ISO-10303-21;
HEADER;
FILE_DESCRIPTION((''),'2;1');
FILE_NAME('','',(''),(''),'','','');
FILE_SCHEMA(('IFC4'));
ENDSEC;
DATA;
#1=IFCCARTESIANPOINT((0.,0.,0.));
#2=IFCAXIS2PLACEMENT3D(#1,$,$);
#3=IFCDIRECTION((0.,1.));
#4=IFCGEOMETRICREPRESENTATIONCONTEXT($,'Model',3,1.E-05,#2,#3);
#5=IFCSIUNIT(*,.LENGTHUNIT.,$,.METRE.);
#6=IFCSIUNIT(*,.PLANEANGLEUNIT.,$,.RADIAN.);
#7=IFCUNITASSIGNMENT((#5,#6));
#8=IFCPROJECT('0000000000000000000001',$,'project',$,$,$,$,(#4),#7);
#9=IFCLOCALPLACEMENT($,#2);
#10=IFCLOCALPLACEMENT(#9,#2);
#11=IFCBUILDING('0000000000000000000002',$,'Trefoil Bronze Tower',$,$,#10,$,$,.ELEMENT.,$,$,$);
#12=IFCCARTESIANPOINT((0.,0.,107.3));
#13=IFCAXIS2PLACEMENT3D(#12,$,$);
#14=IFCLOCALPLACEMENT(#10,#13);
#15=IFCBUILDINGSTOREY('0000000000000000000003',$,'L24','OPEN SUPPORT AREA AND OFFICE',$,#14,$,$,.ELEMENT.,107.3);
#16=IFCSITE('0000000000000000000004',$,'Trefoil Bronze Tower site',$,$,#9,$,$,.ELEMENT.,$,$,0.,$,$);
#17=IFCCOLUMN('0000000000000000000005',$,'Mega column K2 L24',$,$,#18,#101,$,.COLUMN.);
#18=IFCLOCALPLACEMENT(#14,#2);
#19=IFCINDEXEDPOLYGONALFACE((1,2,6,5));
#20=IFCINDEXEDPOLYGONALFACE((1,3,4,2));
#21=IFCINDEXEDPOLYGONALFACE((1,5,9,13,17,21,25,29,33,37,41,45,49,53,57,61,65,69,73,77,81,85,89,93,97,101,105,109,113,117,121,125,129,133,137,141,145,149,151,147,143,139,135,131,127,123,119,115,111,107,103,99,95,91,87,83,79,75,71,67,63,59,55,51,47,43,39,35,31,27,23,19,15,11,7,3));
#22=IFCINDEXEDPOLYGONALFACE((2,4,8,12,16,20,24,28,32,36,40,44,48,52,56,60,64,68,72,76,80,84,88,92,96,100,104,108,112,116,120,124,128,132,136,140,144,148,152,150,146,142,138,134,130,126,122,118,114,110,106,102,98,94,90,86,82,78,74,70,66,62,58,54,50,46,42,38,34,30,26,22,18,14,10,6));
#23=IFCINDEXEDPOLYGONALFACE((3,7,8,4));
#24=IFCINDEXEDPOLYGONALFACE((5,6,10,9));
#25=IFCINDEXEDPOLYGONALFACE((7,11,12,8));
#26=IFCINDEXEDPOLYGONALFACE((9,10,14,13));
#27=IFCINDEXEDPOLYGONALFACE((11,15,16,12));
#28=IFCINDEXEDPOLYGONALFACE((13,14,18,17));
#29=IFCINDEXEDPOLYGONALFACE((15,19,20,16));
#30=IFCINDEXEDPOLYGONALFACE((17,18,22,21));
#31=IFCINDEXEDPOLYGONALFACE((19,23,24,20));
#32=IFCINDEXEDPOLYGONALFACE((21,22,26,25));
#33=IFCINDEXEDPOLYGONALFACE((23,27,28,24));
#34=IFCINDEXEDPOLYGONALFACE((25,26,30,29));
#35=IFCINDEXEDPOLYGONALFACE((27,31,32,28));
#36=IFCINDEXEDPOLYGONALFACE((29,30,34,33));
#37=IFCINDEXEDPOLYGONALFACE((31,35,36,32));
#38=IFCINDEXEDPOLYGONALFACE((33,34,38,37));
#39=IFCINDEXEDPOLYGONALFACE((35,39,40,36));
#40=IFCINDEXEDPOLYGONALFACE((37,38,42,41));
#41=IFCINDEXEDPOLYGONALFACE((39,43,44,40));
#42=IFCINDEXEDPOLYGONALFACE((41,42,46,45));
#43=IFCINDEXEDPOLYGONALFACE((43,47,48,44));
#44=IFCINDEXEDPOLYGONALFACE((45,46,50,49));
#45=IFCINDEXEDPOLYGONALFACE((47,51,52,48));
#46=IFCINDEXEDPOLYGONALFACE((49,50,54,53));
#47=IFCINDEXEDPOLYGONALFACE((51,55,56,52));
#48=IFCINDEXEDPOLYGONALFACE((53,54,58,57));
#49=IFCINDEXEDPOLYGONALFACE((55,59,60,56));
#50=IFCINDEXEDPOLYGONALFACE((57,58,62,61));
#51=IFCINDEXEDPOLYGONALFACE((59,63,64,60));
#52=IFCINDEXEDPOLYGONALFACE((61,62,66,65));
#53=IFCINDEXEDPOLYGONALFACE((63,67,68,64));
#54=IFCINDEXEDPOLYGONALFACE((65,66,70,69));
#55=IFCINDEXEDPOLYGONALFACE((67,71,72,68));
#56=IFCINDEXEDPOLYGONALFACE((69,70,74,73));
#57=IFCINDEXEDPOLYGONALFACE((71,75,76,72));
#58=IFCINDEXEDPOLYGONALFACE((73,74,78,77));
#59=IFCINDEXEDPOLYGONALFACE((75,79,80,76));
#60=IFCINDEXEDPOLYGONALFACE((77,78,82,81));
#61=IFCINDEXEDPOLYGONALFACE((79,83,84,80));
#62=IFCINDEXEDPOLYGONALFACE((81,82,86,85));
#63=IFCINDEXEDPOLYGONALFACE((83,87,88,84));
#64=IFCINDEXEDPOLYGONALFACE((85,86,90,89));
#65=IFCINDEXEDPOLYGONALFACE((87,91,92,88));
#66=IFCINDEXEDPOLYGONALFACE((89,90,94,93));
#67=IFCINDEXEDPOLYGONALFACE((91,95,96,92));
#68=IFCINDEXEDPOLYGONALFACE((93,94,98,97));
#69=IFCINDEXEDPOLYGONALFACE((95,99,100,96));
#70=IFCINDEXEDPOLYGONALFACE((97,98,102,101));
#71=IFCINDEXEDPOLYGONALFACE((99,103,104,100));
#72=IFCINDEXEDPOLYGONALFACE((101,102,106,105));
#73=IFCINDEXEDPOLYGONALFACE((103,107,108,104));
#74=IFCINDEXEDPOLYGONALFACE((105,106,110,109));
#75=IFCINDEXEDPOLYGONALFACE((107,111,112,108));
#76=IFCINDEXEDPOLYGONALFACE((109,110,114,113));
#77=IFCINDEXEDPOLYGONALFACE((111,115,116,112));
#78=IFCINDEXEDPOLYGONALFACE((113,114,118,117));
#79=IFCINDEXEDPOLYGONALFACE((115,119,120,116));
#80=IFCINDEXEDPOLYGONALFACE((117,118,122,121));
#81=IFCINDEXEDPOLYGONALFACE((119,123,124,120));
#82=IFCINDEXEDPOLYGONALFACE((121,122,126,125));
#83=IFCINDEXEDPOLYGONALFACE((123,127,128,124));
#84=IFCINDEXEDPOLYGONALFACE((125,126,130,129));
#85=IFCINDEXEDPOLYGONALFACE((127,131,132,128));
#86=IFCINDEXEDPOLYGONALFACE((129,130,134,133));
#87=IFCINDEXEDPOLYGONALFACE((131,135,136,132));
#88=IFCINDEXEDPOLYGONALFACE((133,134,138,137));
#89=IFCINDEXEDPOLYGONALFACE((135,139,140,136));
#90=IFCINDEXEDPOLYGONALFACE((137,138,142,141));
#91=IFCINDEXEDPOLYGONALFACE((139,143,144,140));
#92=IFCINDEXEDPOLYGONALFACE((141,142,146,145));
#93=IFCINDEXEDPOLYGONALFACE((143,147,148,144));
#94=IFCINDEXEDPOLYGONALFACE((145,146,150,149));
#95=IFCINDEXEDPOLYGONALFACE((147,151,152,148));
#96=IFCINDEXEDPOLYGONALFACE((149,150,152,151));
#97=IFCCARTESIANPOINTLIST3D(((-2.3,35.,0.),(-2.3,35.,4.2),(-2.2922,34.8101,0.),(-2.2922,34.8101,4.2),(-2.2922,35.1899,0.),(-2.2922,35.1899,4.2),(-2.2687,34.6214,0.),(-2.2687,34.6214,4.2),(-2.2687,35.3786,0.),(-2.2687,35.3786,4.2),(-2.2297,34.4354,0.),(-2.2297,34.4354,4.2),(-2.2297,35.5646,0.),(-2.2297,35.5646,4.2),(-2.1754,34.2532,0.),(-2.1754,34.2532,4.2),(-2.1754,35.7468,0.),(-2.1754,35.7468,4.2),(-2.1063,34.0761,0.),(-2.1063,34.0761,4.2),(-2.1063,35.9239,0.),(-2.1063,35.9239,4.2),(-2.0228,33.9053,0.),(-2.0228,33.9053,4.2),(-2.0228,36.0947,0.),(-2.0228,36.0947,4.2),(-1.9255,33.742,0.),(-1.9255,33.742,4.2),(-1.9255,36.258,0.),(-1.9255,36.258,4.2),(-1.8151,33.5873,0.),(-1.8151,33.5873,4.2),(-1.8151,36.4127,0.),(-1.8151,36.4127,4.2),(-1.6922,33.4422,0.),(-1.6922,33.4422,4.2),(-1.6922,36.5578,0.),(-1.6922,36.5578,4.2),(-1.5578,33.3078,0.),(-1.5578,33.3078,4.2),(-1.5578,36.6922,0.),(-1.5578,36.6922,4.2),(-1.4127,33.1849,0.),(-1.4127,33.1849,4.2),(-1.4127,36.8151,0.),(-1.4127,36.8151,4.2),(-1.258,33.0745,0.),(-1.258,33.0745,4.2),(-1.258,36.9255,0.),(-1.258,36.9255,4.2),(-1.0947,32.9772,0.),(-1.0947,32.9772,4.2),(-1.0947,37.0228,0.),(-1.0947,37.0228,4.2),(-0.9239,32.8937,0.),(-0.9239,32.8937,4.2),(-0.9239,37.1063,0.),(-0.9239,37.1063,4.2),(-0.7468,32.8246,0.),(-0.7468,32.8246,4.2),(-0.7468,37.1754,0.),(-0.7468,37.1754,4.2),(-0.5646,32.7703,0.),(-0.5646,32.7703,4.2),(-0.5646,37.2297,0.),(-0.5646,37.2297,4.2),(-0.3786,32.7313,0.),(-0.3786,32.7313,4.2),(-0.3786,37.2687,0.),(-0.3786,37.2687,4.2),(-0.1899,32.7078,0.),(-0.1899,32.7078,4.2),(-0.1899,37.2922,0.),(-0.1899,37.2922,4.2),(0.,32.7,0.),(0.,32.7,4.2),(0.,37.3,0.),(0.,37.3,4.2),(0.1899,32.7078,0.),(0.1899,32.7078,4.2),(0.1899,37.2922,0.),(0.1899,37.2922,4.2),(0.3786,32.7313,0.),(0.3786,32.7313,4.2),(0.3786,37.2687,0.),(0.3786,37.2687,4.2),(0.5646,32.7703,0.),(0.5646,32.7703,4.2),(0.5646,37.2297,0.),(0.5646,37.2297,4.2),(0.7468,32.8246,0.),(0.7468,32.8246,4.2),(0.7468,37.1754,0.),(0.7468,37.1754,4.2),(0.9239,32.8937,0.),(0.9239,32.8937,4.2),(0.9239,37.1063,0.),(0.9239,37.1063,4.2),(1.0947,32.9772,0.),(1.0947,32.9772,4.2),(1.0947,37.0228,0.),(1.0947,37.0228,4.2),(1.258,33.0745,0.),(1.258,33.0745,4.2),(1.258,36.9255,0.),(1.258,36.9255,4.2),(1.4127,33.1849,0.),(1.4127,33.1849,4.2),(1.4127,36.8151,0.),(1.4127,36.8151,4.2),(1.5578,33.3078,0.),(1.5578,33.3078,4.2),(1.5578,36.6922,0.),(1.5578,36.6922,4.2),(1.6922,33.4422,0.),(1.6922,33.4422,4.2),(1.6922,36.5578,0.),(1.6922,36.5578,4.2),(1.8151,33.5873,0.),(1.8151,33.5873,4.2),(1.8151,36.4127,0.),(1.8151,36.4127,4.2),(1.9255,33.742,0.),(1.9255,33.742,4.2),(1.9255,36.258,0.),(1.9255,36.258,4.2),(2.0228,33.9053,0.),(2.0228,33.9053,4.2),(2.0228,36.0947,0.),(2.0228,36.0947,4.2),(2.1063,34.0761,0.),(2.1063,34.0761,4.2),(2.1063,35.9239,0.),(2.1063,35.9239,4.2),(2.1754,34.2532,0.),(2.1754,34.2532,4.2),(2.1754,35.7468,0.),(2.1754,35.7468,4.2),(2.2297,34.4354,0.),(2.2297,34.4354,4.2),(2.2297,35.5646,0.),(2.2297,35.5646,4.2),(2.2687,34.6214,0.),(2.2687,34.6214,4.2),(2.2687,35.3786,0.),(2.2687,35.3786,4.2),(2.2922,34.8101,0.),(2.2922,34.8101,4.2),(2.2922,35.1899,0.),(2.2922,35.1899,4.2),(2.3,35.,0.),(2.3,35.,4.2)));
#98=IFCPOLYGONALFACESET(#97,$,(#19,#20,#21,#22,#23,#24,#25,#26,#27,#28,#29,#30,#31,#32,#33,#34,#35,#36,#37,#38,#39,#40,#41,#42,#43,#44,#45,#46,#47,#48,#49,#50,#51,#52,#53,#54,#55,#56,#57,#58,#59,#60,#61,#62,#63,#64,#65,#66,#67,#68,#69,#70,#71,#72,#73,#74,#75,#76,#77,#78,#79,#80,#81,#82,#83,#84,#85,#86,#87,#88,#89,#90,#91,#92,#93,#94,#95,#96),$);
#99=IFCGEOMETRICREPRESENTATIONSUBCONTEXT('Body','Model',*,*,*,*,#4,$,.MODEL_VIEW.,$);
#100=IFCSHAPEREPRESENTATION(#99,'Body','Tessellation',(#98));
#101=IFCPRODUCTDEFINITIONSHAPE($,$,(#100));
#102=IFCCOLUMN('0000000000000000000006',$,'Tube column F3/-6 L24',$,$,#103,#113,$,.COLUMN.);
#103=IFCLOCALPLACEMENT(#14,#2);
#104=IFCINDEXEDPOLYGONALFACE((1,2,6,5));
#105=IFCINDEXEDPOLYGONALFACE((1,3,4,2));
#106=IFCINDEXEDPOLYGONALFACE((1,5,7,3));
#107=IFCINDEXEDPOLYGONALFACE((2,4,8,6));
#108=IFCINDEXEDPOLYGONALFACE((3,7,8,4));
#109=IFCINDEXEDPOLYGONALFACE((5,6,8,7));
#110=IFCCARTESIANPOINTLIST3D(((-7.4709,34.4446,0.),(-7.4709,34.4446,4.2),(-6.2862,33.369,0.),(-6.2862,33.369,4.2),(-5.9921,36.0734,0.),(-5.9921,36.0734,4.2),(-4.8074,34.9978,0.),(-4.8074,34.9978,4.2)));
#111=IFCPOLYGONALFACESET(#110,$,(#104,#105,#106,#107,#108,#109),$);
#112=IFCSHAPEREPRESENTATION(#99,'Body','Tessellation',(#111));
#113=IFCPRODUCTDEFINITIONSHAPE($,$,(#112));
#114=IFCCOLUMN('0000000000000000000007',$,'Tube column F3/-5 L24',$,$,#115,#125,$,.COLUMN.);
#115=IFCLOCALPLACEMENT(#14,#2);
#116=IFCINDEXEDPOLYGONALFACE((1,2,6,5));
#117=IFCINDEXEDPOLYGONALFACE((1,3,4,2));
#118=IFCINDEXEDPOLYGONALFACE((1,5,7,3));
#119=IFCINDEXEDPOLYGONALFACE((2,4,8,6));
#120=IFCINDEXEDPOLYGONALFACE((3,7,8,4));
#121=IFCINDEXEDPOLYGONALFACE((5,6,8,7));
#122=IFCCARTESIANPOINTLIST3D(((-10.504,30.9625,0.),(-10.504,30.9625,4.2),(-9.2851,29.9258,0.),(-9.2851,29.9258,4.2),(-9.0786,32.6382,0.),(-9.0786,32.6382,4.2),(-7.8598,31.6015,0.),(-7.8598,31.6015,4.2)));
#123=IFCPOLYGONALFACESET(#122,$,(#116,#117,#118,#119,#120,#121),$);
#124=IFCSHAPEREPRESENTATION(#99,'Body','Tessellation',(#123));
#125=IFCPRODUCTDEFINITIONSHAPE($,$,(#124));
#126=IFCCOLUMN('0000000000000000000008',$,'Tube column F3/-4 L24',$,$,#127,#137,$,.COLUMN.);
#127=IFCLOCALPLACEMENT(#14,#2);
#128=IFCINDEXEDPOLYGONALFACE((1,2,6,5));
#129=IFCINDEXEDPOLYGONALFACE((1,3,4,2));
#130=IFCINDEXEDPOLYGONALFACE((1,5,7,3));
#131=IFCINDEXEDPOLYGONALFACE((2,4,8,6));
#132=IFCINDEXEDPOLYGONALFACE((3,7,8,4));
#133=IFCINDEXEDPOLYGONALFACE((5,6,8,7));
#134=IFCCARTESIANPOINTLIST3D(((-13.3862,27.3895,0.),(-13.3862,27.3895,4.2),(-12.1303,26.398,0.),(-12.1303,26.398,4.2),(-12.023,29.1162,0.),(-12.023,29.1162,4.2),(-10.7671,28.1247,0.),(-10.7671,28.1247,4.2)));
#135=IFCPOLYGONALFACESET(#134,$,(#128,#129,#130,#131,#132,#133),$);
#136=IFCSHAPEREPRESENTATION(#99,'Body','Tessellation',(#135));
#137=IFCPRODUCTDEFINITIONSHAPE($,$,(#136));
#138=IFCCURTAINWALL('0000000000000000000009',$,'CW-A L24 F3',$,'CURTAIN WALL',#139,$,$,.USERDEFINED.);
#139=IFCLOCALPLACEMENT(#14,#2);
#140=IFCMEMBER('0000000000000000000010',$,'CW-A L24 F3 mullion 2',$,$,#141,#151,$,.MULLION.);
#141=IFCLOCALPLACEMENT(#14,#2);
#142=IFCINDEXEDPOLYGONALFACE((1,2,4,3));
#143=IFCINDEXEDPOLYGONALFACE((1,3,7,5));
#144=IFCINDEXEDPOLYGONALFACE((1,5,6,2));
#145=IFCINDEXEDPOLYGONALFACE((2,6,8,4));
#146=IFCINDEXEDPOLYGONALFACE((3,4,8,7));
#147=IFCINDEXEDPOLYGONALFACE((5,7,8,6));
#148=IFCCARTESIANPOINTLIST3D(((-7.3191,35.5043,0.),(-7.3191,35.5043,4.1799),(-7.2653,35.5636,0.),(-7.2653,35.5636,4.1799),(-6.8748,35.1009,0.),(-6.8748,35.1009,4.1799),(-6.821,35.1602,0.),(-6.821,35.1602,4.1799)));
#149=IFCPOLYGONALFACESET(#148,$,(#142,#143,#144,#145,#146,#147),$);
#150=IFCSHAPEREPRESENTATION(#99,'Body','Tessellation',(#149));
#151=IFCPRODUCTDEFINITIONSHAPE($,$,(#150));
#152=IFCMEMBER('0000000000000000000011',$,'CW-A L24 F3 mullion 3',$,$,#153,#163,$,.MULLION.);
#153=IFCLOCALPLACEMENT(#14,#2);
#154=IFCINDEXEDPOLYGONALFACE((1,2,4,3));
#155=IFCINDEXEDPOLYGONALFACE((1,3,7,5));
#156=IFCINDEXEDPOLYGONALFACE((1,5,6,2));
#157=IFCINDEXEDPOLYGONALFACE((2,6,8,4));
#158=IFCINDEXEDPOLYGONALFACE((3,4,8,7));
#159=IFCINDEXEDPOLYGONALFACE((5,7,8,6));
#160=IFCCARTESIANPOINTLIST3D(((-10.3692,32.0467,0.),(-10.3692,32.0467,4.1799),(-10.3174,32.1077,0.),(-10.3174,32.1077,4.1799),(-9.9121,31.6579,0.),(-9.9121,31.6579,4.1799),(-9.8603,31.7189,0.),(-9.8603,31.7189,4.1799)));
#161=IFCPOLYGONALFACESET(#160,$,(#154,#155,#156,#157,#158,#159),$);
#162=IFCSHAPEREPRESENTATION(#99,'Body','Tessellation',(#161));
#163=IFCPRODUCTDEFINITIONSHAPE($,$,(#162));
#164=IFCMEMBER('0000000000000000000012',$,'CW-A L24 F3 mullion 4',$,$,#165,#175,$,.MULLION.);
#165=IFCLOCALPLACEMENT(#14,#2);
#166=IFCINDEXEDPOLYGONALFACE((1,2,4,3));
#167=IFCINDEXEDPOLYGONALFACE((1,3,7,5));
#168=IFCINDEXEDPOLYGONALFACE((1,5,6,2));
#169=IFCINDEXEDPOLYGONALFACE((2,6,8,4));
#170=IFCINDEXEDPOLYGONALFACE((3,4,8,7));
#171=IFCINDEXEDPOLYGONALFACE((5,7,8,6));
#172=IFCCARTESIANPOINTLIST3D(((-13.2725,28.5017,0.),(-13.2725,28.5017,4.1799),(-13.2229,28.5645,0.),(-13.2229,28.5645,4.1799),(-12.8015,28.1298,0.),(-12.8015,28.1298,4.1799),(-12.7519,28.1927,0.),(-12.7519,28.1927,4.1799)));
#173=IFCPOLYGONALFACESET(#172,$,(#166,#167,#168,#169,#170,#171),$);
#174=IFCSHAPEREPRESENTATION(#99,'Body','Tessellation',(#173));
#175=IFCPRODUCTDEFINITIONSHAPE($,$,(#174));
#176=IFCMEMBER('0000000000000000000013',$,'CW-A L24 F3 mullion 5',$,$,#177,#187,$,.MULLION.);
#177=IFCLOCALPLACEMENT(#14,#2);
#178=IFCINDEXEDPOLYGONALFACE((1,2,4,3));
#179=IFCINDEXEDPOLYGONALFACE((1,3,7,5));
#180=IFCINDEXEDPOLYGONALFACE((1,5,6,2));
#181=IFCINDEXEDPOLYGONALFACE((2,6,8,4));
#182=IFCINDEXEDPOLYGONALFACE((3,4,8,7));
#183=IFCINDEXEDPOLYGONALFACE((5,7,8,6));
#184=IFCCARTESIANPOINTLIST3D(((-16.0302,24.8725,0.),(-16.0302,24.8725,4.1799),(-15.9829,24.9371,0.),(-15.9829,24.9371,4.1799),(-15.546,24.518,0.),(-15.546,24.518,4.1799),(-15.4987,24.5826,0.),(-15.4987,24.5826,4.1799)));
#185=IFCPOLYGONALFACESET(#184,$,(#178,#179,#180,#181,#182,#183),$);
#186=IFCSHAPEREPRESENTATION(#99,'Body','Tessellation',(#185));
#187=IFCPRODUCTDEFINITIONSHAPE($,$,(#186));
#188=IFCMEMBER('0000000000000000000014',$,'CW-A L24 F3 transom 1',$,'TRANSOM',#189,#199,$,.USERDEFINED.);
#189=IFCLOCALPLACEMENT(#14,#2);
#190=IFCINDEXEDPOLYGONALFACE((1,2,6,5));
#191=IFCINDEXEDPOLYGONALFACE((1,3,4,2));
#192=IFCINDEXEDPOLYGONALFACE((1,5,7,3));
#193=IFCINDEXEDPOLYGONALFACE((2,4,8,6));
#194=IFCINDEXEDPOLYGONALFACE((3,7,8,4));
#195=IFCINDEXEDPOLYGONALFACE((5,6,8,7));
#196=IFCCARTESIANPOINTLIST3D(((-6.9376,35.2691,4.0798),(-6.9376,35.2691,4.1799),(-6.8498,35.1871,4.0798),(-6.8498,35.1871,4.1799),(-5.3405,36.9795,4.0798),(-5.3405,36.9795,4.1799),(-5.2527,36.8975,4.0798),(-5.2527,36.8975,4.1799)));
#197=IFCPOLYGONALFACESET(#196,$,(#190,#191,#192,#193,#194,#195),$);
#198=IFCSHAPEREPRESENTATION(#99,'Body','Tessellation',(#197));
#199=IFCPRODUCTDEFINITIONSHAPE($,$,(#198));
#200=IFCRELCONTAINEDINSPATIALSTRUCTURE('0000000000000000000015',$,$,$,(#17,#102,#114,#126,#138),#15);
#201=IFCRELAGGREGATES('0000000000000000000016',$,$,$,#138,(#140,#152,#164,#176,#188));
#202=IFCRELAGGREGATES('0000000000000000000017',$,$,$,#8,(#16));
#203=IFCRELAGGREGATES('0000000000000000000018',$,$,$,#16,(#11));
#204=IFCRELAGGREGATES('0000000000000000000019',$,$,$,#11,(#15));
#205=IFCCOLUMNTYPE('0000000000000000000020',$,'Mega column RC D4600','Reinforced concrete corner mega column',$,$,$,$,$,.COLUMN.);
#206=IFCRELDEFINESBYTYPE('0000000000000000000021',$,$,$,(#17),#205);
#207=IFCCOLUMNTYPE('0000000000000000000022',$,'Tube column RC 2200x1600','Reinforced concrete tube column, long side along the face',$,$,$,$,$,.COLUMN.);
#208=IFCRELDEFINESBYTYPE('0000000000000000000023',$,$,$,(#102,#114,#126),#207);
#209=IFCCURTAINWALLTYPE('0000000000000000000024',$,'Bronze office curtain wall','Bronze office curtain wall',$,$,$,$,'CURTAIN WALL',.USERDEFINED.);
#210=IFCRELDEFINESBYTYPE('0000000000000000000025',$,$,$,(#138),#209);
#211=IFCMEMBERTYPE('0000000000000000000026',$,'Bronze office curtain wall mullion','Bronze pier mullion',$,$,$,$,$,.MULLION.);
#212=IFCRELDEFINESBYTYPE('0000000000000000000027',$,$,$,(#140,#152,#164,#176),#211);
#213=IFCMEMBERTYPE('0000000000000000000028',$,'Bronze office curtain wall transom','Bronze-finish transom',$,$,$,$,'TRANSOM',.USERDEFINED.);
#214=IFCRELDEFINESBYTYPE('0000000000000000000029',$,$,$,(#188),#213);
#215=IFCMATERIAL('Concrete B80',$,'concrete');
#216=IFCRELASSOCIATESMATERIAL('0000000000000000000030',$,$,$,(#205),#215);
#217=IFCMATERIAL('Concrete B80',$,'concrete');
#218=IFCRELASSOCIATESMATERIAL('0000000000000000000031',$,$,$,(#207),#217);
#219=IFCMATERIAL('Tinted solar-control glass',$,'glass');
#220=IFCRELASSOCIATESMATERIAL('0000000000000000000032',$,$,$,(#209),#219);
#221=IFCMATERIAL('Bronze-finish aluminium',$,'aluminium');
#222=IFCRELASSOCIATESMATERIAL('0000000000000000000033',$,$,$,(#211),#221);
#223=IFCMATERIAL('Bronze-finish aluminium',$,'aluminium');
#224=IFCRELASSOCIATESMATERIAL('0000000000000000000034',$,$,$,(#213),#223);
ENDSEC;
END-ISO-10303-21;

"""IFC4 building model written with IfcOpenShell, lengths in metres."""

from ifc_helpers import new_model, si_unit, direction, frame, origin, origin_2d, place, context, subcontext, project, spatial, rectangle, circle, extrude, material, material_profile, profile_set, type_object, element, aggregate, save


model = new_model("IFC4")

# Units and contexts
model_context = context("Model", 3, precision=1e-05, world=origin(), true_north=direction((0.0, 1.0)))
body_context = subcontext(model_context, "Body", "Model", "MODEL_VIEW")
ifc_project = project(units=[si_unit("LENGTHUNIT", "METRE"), si_unit("PLANEANGLEUNIT", "RADIAN")], contexts=[model_context])

# Site, building, storey
site_placement = place(None, origin())
site = spatial("IfcSite", under=ifc_project, at=site_placement, Name="Trefoil Bronze Tower site", CompositionType="ELEMENT", RefElevation=0.0)
building_placement = place(site_placement, origin())
building = spatial("IfcBuilding", under=site, at=building_placement, Name="Trefoil Bronze Tower", CompositionType="ELEMENT")
storey_placement = place(building_placement, frame((0.0, 0.0, 107.3)))
storey = spatial("IfcBuildingStorey", under=building, at=storey_placement, Name="L24", Description="OPEN SUPPORT AREA AND OFFICE", CompositionType="ELEMENT", Elevation=107.3)

# Columns
ifc_material_1 = material(Name="Concrete B80", Category="concrete")
ifc_material_profile_1 = material_profile(ifc_material_1, circle(Radius=2.3, at=origin_2d()), Name="RC D4600")
ifc_profile_set_1 = profile_set([ifc_material_profile_1], Name="Concrete B80")
column_type_1 = type_object("IfcColumnType", Name="Mega column RC D4600", Description="Reinforced concrete corner mega column", PredefinedType="COLUMN", material=ifc_profile_set_1)
column_placement = place(storey_placement, frame((0.0, 35.0, 0.0), z_axis=(0.0, 0.0, 1.0), x_axis=(1.0, 0.0, 0.0)))
element("IfcColumn", 1, at=column_placement, inside=storey, type_object=column_type_1, Name="Mega column K2 L24", PredefinedType="COLUMN", context=body_context, shape_type="SweptSolid", body=[
    extrude(circle(Radius=2.3, at=origin_2d()), origin(), (0.0, 0.0, 1.0), 4.2),
])
ifc_material_2 = material(Name="Concrete B80", Category="concrete")
ifc_material_profile_2 = material_profile(ifc_material_2, rectangle(XDim=2.2, YDim=1.6001, at=origin_2d()), Name="RC 2200x1600")
ifc_profile_set_2 = profile_set([ifc_material_profile_2], Name="Concrete B80")
column_type_2 = type_object("IfcColumnType", Name="Tube column RC 2200x1600", Description="Reinforced concrete tube column, long side along the face", PredefinedType="COLUMN", material=ifc_profile_set_2)
for number, where, z_axis, x_axis, name in (
    (2, (-6.1392, 34.7212, 0.0), (0.0, 0.0, 1.0), (-0.67221, -0.740361, 0.0), "Tube column F3/-6 L24"),
    (3, (-9.1819, 31.282, 0.0), (0.0, 0.0, 1.0), (-0.647904, -0.761722, 0.0), "Tube column F3/-5 L24"),
    (4, (-12.0767, 27.7571, 0.0), (0.0, 0.0, 1.0), (-0.619649, -0.784879, 0.0), "Tube column F3/-4 L24"),
):
    element("IfcColumn", number, at=place(storey_placement, frame(where, z_axis=z_axis, x_axis=x_axis)), inside=storey, type_object=column_type_2, Name=name, PredefinedType="COLUMN", context=body_context, shape_type="SweptSolid", body=[
        extrude(rectangle(XDim=2.2, YDim=1.6001, at=origin_2d()), origin(), (0.0, 0.0, 1.0), 4.2),
    ])

# Curtain wall, members
ifc_material_3 = material(Name="Tinted solar-control glass", Category="glass")
curtain_wall_type_1 = type_object("IfcCurtainWallType", Name="Bronze office curtain wall", Description="Bronze office curtain wall", ElementType="CURTAIN WALL", PredefinedType="USERDEFINED", material=ifc_material_3)
curtain_wall_1_placement = place(storey_placement, origin())
curtain_wall_1 = element("IfcCurtainWall", 5, at=curtain_wall_1_placement, inside=storey, type_object=curtain_wall_type_1, Name="CW-A L24 F3", ObjectType="CURTAIN WALL", PredefinedType="USERDEFINED")
ifc_material_4 = material(Name="Bronze-finish aluminium", Category="aluminium")
ifc_material_profile_3 = material_profile(ifc_material_4, rectangle(XDim=0.6001, YDim=0.0801, at=origin_2d()), Name="CW-A mullion")
ifc_profile_set_3 = profile_set([ifc_material_profile_3], Name="Bronze-finish aluminium")
member_type_1 = type_object("IfcMemberType", Name="Bronze office curtain wall mullion", Description="Bronze pier mullion", PredefinedType="MULLION", material=ifc_profile_set_3)
member_1_placement = place(storey_placement, frame((-7.0701, 35.3323, 0.0), z_axis=(0.0, 0.0, 1.0), x_axis=(0.740361, -0.67221, 0.0)))
member_1 = element("IfcMember", 6, at=member_1_placement, type_object=member_type_1, Name="CW-A L24 F3 mullion 2", PredefinedType="MULLION", context=body_context, shape_type="SweptSolid", body=[
    extrude(rectangle(XDim=0.6001, YDim=0.0801, at=origin_2d()), origin(), (0.0, 0.0, 1.0), 4.1799),
])
member_2_placement = place(storey_placement, frame((-10.1147, 31.8828, 0.0), z_axis=(0.0, 0.0, 1.0), x_axis=(0.761722, -0.647904, 0.0)))
member_2 = element("IfcMember", 7, at=member_2_placement, type_object=member_type_1, Name="CW-A L24 F3 mullion 3", PredefinedType="MULLION", context=body_context, shape_type="SweptSolid", body=[
    extrude(rectangle(XDim=0.6001, YDim=0.0801, at=origin_2d()), origin(), (0.0, 0.0, 1.0), 4.1799),
])
member_3_placement = place(storey_placement, frame((-13.0122, 28.3472, 0.0), z_axis=(0.0, 0.0, 1.0), x_axis=(0.784879, -0.619649, 0.0)))
member_3 = element("IfcMember", 8, at=member_3_placement, type_object=member_type_1, Name="CW-A L24 F3 mullion 4", PredefinedType="MULLION", context=body_context, shape_type="SweptSolid", body=[
    extrude(rectangle(XDim=0.6001, YDim=0.0801, at=origin_2d()), origin(), (0.0, 0.0, 1.0), 4.1799),
])
member_4_placement = place(storey_placement, frame((-15.7644, 24.7275, 0.0), z_axis=(0.0, 0.0, 1.0), x_axis=(0.806875, -0.590723, 0.0)))
member_4 = element("IfcMember", 9, at=member_4_placement, type_object=member_type_1, Name="CW-A L24 F3 mullion 5", PredefinedType="MULLION", context=body_context, shape_type="SweptSolid", body=[
    extrude(rectangle(XDim=0.6001, YDim=0.0801, at=origin_2d()), origin(), (0.0, 0.0, 1.0), 4.1799),
])
ifc_material_5 = material(Name="Bronze-finish aluminium", Category="aluminium")
ifc_material_profile_4 = material_profile(ifc_material_5, rectangle(XDim=0.1201, YDim=0.1001, at=origin_2d()), Name="CW-A transom")
ifc_profile_set_4 = profile_set([ifc_material_profile_4], Name="Bronze-finish aluminium")
member_type_2 = type_object("IfcMemberType", Name="Bronze office curtain wall transom", Description="Bronze-finish transom", ElementType="TRANSOM", PredefinedType="USERDEFINED", material=ifc_profile_set_4)
member_5_placement = place(storey_placement, frame((-5.2966, 36.9385, 4.1299), z_axis=(-0.682489, -0.730896, 0.0), x_axis=(0.730896, -0.682489, 0.0)))
member_5 = element("IfcMember", 10, at=member_5_placement, type_object=member_type_2, Name="CW-A L24 F3 transom 1", ObjectType="TRANSOM", PredefinedType="USERDEFINED", context=body_context, shape_type="SweptSolid", body=[
    extrude(rectangle(XDim=0.1201, YDim=0.1001, at=origin_2d()), origin(), (0.0, 0.0, 1.0), 2.3401),
])

aggregate(curtain_wall_1, [member_1, member_2, member_3, member_4, member_5])

save(model, "model.ifc")
